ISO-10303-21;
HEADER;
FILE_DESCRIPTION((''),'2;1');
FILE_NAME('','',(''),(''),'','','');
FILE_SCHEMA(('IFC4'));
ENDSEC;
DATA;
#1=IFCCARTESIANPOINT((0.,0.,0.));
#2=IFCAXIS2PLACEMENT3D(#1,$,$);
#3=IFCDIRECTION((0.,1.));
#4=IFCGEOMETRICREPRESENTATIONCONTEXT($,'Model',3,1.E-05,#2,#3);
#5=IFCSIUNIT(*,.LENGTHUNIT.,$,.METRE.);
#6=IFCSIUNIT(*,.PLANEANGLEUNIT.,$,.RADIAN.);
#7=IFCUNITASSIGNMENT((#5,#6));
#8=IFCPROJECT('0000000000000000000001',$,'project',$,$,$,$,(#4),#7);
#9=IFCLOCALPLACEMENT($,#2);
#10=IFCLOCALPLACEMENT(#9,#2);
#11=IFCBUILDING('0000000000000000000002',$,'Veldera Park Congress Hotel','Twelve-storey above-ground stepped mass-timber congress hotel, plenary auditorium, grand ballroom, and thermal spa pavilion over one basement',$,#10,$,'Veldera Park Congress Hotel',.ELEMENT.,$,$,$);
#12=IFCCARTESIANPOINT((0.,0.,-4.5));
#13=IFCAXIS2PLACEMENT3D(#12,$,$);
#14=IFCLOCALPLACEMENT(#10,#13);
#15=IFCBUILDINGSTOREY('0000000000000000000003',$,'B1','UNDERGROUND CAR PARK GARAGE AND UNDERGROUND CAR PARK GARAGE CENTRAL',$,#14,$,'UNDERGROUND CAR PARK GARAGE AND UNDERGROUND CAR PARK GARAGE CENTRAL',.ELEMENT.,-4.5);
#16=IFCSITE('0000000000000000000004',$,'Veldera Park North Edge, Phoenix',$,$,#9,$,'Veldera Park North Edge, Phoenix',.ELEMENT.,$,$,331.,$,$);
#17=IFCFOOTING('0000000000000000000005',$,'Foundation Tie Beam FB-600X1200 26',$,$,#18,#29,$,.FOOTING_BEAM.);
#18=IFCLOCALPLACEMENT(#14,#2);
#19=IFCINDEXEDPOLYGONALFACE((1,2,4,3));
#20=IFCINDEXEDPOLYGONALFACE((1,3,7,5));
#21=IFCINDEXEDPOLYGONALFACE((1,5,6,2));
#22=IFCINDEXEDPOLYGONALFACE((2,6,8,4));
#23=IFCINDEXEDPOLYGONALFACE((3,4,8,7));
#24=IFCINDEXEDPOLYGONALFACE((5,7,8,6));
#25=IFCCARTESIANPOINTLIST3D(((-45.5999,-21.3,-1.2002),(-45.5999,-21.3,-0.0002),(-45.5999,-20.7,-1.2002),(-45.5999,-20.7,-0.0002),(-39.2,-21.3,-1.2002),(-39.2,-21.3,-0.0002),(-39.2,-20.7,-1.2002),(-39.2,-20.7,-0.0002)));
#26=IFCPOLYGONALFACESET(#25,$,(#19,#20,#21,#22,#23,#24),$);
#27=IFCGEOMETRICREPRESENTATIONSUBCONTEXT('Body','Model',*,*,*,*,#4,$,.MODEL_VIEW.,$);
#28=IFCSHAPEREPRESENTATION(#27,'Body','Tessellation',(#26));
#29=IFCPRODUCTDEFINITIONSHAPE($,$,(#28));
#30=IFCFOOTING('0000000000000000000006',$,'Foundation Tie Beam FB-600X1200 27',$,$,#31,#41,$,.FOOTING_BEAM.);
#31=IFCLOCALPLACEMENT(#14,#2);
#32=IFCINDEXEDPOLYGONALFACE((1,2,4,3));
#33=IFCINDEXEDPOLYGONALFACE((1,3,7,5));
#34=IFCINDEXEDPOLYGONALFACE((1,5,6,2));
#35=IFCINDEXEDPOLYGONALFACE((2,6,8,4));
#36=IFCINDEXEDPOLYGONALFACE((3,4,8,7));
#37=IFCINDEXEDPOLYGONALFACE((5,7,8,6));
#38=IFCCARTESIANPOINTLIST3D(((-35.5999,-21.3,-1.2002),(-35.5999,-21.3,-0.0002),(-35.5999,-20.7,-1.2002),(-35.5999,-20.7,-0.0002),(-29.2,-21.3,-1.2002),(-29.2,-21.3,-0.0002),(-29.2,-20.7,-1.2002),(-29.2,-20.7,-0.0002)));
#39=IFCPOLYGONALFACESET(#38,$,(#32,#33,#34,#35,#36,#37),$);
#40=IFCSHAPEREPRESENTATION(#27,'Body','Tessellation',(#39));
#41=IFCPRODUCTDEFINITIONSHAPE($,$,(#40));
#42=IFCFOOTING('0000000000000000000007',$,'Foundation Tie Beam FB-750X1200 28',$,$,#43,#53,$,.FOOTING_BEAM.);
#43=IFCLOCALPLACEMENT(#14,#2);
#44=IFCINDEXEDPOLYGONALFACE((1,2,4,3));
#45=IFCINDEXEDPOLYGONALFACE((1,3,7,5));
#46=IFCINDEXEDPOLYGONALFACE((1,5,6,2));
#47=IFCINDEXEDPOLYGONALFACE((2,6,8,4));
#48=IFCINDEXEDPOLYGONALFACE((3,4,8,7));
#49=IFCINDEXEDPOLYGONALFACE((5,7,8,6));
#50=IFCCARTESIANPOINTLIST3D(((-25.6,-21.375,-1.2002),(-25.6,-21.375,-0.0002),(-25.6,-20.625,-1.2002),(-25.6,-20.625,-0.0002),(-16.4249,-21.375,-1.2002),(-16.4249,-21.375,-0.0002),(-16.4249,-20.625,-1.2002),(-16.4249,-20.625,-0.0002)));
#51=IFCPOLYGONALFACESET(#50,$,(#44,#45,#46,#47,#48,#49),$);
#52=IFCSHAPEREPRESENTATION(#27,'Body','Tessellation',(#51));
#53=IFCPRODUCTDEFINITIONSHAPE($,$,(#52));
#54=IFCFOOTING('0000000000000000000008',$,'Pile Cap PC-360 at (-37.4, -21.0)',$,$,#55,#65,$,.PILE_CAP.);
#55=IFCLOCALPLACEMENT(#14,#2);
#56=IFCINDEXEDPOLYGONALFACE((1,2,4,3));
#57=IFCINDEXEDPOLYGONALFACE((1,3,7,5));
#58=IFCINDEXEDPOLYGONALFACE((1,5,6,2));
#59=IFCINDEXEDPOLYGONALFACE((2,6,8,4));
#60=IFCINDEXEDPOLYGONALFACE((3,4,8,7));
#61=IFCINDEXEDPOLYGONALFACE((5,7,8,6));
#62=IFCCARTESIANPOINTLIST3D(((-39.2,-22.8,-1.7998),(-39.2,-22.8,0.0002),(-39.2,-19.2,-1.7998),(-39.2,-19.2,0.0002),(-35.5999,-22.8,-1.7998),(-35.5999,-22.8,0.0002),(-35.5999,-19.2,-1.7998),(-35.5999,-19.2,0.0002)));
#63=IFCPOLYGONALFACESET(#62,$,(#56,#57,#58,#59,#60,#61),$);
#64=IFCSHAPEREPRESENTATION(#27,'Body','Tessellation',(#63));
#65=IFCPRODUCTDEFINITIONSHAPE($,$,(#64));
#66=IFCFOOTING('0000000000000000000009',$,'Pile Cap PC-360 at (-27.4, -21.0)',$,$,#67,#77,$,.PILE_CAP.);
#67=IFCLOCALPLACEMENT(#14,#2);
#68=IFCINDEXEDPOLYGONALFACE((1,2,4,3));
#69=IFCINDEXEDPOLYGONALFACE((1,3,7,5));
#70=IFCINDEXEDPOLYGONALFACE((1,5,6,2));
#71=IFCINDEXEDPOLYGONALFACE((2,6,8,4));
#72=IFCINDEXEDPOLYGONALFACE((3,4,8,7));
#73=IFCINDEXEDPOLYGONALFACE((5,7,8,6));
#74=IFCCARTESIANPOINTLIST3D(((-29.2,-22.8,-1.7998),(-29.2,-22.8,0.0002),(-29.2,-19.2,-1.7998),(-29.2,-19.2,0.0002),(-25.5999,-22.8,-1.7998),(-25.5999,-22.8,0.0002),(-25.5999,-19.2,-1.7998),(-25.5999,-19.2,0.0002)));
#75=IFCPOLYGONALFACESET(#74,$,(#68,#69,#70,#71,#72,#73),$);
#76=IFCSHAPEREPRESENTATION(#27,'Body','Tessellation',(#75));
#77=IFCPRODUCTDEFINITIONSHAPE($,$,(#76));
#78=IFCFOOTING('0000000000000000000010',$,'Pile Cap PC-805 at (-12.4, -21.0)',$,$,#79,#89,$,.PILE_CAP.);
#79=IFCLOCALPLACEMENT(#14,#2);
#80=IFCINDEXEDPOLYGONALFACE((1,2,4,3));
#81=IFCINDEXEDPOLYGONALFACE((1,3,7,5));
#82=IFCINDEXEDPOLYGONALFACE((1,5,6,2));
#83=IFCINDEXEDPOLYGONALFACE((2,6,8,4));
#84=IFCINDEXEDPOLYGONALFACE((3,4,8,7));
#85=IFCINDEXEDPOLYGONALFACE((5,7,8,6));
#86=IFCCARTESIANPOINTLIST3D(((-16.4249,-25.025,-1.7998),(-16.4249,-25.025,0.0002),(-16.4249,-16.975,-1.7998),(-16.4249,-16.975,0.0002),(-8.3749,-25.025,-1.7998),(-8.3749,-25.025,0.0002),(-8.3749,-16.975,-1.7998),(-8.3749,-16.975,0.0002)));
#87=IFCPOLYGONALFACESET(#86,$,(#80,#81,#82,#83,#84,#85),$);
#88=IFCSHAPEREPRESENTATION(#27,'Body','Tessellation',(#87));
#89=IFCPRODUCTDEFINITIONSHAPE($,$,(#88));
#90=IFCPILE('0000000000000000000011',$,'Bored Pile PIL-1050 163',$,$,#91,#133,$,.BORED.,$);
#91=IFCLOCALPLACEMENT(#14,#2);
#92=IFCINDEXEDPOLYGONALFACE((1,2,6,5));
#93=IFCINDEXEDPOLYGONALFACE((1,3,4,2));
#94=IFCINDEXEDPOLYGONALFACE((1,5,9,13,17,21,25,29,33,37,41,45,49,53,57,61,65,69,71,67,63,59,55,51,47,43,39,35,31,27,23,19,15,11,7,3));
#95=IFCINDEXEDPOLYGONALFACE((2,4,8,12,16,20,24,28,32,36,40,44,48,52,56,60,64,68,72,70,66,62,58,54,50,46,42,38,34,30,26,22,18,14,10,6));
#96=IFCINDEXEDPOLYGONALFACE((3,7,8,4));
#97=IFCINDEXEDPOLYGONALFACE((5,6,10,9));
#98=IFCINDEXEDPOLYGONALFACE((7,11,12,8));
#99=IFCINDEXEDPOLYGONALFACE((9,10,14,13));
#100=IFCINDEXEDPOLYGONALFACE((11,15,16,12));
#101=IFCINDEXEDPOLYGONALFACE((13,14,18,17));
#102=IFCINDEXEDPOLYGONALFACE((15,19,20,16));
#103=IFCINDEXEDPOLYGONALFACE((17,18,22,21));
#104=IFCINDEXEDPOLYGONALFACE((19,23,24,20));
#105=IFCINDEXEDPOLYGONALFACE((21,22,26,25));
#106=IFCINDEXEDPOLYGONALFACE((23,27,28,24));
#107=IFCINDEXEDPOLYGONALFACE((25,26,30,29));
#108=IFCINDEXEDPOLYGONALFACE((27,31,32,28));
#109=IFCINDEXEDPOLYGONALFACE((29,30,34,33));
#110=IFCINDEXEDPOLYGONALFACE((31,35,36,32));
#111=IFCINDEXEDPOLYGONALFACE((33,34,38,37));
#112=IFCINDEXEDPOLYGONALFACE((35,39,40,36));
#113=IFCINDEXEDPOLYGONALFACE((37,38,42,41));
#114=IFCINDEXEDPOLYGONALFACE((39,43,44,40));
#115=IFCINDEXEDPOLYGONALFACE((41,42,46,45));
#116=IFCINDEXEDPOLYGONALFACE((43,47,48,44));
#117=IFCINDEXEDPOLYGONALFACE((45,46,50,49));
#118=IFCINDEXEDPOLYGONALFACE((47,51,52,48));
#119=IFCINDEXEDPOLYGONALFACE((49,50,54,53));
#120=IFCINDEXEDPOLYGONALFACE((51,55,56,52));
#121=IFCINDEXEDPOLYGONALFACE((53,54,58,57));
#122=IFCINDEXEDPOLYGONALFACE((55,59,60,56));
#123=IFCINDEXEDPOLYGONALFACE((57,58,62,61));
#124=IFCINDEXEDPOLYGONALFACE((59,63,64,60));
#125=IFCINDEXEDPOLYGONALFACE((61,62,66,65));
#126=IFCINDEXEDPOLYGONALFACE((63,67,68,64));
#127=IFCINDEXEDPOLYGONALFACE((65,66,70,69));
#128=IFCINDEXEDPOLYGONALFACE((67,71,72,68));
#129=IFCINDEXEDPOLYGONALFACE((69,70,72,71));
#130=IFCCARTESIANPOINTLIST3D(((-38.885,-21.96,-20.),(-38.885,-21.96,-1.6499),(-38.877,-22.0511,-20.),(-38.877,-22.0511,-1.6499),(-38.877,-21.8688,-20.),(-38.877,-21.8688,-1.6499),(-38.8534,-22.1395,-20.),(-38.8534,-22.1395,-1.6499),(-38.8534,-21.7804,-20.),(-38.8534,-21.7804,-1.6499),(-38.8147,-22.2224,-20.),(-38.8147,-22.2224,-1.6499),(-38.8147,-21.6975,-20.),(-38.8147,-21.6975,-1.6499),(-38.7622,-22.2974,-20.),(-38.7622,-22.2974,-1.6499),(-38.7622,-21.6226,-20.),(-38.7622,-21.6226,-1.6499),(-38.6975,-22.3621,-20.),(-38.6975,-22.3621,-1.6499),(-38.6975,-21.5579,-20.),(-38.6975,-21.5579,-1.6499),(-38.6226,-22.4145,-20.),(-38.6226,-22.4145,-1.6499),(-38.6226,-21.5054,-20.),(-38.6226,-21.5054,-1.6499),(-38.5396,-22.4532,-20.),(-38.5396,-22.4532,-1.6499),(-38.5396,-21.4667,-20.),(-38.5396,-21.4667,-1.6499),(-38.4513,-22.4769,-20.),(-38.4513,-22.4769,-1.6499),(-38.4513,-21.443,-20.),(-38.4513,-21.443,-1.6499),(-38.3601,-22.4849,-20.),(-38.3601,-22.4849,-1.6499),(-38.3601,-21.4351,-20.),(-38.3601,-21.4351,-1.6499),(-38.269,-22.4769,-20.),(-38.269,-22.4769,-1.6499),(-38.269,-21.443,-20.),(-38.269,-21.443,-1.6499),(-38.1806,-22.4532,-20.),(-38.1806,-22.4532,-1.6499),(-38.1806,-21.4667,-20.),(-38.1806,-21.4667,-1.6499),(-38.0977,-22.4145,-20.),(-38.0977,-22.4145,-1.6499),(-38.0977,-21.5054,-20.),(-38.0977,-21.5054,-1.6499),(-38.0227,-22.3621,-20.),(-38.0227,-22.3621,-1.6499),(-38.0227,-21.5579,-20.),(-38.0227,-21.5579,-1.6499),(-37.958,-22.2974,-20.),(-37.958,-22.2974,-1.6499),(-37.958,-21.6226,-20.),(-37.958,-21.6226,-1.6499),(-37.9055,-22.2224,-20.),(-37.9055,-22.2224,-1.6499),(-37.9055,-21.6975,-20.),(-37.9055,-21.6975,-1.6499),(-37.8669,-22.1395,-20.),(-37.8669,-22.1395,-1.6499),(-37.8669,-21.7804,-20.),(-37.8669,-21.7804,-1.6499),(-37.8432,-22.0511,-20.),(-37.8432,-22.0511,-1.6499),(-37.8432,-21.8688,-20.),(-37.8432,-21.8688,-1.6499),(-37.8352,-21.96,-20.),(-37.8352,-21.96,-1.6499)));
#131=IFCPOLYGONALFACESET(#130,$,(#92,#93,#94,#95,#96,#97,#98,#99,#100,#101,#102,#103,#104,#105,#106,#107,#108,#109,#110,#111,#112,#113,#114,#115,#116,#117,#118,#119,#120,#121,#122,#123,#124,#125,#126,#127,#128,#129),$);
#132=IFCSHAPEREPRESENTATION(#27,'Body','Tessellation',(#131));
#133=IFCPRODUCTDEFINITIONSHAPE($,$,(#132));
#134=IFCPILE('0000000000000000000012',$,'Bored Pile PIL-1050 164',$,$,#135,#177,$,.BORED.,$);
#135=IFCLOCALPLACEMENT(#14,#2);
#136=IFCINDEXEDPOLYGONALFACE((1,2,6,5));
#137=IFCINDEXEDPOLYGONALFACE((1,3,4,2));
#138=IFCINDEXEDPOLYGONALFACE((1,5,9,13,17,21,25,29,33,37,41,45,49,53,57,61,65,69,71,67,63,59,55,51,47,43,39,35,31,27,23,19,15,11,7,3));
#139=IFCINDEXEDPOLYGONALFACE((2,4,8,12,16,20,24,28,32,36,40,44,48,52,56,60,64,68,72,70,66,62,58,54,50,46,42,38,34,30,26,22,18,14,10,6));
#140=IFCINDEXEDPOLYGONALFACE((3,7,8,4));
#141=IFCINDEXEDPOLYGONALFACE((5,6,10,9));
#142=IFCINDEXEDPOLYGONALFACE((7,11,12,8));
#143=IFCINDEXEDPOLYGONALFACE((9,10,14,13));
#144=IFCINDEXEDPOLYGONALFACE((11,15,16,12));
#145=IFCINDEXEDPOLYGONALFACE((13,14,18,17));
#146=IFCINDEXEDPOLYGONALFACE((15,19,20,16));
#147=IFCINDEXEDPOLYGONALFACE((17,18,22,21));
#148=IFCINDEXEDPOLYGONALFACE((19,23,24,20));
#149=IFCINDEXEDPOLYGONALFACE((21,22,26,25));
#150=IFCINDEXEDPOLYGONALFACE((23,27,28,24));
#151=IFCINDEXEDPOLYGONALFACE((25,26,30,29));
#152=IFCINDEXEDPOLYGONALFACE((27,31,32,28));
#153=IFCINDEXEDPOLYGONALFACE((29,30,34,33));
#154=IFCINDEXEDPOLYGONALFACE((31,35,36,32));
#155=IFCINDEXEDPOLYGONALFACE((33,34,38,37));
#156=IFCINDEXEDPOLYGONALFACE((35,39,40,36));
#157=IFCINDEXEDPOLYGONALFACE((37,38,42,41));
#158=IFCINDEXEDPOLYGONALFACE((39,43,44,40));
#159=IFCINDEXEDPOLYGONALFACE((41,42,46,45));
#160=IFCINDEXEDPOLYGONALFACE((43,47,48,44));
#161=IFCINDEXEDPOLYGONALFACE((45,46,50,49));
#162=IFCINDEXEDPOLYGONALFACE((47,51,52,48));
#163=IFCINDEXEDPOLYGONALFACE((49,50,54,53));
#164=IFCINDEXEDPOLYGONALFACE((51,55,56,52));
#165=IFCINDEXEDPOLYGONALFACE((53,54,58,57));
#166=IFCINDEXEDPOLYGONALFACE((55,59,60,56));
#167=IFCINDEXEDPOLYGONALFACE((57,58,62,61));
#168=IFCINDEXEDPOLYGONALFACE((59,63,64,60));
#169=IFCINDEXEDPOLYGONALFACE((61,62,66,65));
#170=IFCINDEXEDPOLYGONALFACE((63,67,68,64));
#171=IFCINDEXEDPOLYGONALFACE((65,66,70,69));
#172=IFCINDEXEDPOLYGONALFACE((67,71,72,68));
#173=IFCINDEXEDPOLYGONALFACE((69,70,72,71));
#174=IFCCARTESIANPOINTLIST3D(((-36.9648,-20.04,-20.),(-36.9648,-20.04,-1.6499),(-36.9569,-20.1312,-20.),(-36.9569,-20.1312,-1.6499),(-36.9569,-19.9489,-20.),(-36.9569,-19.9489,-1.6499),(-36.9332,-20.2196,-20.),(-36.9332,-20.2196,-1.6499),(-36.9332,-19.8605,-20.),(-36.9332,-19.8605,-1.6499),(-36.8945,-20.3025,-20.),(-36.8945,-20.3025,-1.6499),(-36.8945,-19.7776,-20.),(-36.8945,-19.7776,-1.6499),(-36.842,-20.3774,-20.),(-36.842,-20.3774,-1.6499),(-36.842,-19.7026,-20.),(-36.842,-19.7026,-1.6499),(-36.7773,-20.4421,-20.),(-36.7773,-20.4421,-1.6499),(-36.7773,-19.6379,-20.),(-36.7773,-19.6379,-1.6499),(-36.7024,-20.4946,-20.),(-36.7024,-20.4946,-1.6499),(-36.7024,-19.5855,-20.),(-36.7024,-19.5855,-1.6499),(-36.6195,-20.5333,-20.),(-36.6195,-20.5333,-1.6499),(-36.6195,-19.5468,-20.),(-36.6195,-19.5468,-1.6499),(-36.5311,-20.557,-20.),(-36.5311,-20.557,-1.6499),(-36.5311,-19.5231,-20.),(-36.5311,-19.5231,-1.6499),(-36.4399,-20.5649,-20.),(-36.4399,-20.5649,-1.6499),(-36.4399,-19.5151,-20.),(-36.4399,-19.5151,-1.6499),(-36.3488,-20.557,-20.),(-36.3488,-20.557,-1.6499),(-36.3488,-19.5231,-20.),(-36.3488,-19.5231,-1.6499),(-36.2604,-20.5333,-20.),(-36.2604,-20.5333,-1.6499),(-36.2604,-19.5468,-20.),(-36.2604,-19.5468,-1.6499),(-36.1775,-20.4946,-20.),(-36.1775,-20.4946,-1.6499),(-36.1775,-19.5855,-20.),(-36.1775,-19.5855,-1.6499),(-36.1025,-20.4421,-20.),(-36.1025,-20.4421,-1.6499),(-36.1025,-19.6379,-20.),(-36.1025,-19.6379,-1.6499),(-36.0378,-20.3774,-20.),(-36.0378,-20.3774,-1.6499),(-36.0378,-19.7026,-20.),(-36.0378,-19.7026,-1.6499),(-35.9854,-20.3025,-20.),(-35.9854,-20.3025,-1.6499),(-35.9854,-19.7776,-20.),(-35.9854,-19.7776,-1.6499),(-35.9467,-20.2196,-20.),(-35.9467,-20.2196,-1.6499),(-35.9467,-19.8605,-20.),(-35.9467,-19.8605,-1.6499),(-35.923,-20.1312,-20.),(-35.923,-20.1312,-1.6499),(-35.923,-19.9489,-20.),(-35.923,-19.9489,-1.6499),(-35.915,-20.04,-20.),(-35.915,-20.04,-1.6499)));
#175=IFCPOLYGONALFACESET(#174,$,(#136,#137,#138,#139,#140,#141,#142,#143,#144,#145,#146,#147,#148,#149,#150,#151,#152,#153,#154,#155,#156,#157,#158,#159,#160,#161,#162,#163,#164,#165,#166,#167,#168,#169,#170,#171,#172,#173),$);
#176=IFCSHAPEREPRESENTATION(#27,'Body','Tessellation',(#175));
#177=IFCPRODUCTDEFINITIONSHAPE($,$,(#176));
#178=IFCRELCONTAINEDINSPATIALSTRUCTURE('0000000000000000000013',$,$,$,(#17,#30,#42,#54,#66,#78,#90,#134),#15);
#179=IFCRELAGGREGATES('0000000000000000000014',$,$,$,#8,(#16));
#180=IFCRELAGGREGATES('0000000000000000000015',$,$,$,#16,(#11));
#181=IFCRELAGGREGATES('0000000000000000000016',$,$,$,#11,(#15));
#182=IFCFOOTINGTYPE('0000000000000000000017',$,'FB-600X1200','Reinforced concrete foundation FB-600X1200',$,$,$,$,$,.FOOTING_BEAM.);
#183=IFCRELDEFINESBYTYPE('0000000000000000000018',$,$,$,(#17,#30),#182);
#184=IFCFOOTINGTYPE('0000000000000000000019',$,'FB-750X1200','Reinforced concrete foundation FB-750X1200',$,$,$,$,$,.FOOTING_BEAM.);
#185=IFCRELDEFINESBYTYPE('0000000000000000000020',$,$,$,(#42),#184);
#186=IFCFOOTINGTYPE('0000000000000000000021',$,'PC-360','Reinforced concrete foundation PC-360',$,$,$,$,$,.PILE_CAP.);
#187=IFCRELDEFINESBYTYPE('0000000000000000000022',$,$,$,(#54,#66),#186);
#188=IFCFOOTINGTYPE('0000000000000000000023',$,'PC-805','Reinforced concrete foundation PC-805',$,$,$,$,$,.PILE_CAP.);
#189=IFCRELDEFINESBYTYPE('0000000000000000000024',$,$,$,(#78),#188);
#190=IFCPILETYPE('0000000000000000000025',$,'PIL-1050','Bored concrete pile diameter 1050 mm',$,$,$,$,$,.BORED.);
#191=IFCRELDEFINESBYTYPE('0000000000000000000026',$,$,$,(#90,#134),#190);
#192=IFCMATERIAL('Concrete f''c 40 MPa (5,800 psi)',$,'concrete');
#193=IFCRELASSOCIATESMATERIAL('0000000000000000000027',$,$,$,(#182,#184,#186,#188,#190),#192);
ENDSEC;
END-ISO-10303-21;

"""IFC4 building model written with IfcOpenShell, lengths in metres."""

from ifc_helpers import new_model, si_unit, direction, frame, origin, origin_2d, place, context, subcontext, project, spatial, rectangle, circle, extrude, material, material_profile, profile_set, type_object, element, save


model = new_model("IFC4")

# Units and contexts
model_context = context("Model", 3, precision=1e-05, world=origin(), true_north=direction((0.0, 1.0)))
body_context = subcontext(model_context, "Body", "Model", "MODEL_VIEW")
ifc_project = project(units=[si_unit("LENGTHUNIT", "METRE"), si_unit("PLANEANGLEUNIT", "RADIAN")], contexts=[model_context])

# Site, building, storey
site_placement = place(None, origin())
site = spatial("IfcSite", under=ifc_project, at=site_placement, Name="Veldera Park North Edge, Phoenix", LongName="Veldera Park North Edge, Phoenix", CompositionType="ELEMENT", RefElevation=331.0)
building_placement = place(site_placement, origin())
building = spatial("IfcBuilding", under=site, at=building_placement, Name="Veldera Park Congress Hotel", Description="Twelve-storey above-ground stepped mass-timber congress hotel, plenary auditorium, grand ballroom, and thermal spa pavilion over one basement", LongName="Veldera Park Congress Hotel", CompositionType="ELEMENT")
storey_placement = place(building_placement, frame((0.0, 0.0, -4.5)))
storey = spatial("IfcBuildingStorey", under=building, at=storey_placement, Name="B1", Description="UNDERGROUND CAR PARK GARAGE AND UNDERGROUND CAR PARK GARAGE CENTRAL", LongName="UNDERGROUND CAR PARK GARAGE AND UNDERGROUND CAR PARK GARAGE CENTRAL", CompositionType="ELEMENT", Elevation=-4.5)

# Footings
ifc_material_1 = material(Name="Concrete f'c 40 MPa (5,800 psi)", Category="concrete")
footing_type_1 = type_object("IfcFootingType", Name="FB-600X1200", Description="Reinforced concrete foundation FB-600X1200", PredefinedType="FOOTING_BEAM", material=ifc_material_1)
for number, where, z_axis, x_axis, name in (
    (1, (-42.3999, -21.0, -1.2002), (0.0, 0.0, 1.0), (1.0, 0.0, 0.0), "Foundation Tie Beam FB-600X1200 26"),
    (2, (-32.3999, -21.0, -1.2002), (0.0, 0.0, 1.0), (1.0, 0.0, 0.0), "Foundation Tie Beam FB-600X1200 27"),
):
    element("IfcFooting", number, at=place(storey_placement, frame(where, z_axis=z_axis, x_axis=x_axis)), inside=storey, type_object=footing_type_1, Name=name, PredefinedType="FOOTING_BEAM", context=body_context, shape_type="SweptSolid", body=[
        extrude(rectangle(XDim=6.3999, YDim=0.6001, at=origin_2d()), origin(), (0.0, 0.0, 1.0), 1.2),
    ])
footing_type_2 = type_object("IfcFootingType", Name="FB-750X1200", Description="Reinforced concrete foundation FB-750X1200", PredefinedType="FOOTING_BEAM", material=ifc_material_1)
footing_1_placement = place(storey_placement, frame((-21.0125, -21.0, -1.2002), z_axis=(0.0, 0.0, 1.0), x_axis=(1.0, 0.0, 0.0)))
element("IfcFooting", 3, at=footing_1_placement, inside=storey, type_object=footing_type_2, Name="Foundation Tie Beam FB-750X1200 28", PredefinedType="FOOTING_BEAM", context=body_context, shape_type="SweptSolid", body=[
    extrude(rectangle(XDim=9.175, YDim=0.75, at=origin_2d()), origin(), (0.0, 0.0, 1.0), 1.2),
])
footing_type_3 = type_object("IfcFootingType", Name="PC-360", Description="Reinforced concrete foundation PC-360", PredefinedType="PILE_CAP", material=ifc_material_1)
for number, where, z_axis, x_axis, name in (
    (4, (-37.3999, -21.0, -1.7998), (0.0, 0.0, 1.0), (1.0, 0.0, 0.0), "Pile Cap PC-360 at (-37.4, -21.0)"),
    (5, (-27.3999, -21.0, -1.7998), (0.0, 0.0, 1.0), (1.0, 0.0, 0.0), "Pile Cap PC-360 at (-27.4, -21.0)"),
):
    element("IfcFooting", number, at=place(storey_placement, frame(where, z_axis=z_axis, x_axis=x_axis)), inside=storey, type_object=footing_type_3, Name=name, PredefinedType="PILE_CAP", context=body_context, shape_type="SweptSolid", body=[
        extrude(rectangle(XDim=3.6001, YDim=3.6001, at=origin_2d()), origin(), (0.0, 0.0, 1.0), 1.8),
    ])
footing_type_4 = type_object("IfcFootingType", Name="PC-805", Description="Reinforced concrete foundation PC-805", PredefinedType="PILE_CAP", material=ifc_material_1)
footing_2_placement = place(storey_placement, frame((-12.3999, -21.0, -1.7998), z_axis=(0.0, 0.0, 1.0), x_axis=(1.0, 0.0, 0.0)))
element("IfcFooting", 6, at=footing_2_placement, inside=storey, type_object=footing_type_4, Name="Pile Cap PC-805 at (-12.4, -21.0)", PredefinedType="PILE_CAP", context=body_context, shape_type="SweptSolid", body=[
    extrude(rectangle(XDim=8.05, YDim=8.05, at=origin_2d()), origin(), (0.0, 0.0, 1.0), 1.8),
])

# Piles
ifc_material_profile_1 = material_profile(ifc_material_1, circle(Radius=0.5249, at=origin_2d()), Name="PILE D1050")
ifc_profile_set_1 = profile_set([ifc_material_profile_1], Name="Concrete f'c 40 MPa (5,800 psi)")
pile_type_1 = type_object("IfcPileType", Name="PIL-1050", Description="Bored concrete pile diameter 1050 mm", PredefinedType="BORED", material=ifc_profile_set_1)
for number, where, z_axis, x_axis, name in (
    (7, (-38.3601, -21.96, -1.6499), (0.0, 0.0, -1.0), (1.0, 0.0, 0.0), "Bored Pile PIL-1050 163"),
    (8, (-36.4399, -20.04, -1.6499), (0.0, 0.0, -1.0), (1.0, 0.0, 0.0), "Bored Pile PIL-1050 164"),
):
    element("IfcPile", number, at=place(storey_placement, frame(where, z_axis=z_axis, x_axis=x_axis)), inside=storey, type_object=pile_type_1, Name=name, PredefinedType="BORED", context=body_context, shape_type="SweptSolid", body=[
        extrude(circle(Radius=0.5249, at=origin_2d()), origin(), (0.0, 0.0, 1.0), 18.3501),
    ])

save(model, "model.ifc")
